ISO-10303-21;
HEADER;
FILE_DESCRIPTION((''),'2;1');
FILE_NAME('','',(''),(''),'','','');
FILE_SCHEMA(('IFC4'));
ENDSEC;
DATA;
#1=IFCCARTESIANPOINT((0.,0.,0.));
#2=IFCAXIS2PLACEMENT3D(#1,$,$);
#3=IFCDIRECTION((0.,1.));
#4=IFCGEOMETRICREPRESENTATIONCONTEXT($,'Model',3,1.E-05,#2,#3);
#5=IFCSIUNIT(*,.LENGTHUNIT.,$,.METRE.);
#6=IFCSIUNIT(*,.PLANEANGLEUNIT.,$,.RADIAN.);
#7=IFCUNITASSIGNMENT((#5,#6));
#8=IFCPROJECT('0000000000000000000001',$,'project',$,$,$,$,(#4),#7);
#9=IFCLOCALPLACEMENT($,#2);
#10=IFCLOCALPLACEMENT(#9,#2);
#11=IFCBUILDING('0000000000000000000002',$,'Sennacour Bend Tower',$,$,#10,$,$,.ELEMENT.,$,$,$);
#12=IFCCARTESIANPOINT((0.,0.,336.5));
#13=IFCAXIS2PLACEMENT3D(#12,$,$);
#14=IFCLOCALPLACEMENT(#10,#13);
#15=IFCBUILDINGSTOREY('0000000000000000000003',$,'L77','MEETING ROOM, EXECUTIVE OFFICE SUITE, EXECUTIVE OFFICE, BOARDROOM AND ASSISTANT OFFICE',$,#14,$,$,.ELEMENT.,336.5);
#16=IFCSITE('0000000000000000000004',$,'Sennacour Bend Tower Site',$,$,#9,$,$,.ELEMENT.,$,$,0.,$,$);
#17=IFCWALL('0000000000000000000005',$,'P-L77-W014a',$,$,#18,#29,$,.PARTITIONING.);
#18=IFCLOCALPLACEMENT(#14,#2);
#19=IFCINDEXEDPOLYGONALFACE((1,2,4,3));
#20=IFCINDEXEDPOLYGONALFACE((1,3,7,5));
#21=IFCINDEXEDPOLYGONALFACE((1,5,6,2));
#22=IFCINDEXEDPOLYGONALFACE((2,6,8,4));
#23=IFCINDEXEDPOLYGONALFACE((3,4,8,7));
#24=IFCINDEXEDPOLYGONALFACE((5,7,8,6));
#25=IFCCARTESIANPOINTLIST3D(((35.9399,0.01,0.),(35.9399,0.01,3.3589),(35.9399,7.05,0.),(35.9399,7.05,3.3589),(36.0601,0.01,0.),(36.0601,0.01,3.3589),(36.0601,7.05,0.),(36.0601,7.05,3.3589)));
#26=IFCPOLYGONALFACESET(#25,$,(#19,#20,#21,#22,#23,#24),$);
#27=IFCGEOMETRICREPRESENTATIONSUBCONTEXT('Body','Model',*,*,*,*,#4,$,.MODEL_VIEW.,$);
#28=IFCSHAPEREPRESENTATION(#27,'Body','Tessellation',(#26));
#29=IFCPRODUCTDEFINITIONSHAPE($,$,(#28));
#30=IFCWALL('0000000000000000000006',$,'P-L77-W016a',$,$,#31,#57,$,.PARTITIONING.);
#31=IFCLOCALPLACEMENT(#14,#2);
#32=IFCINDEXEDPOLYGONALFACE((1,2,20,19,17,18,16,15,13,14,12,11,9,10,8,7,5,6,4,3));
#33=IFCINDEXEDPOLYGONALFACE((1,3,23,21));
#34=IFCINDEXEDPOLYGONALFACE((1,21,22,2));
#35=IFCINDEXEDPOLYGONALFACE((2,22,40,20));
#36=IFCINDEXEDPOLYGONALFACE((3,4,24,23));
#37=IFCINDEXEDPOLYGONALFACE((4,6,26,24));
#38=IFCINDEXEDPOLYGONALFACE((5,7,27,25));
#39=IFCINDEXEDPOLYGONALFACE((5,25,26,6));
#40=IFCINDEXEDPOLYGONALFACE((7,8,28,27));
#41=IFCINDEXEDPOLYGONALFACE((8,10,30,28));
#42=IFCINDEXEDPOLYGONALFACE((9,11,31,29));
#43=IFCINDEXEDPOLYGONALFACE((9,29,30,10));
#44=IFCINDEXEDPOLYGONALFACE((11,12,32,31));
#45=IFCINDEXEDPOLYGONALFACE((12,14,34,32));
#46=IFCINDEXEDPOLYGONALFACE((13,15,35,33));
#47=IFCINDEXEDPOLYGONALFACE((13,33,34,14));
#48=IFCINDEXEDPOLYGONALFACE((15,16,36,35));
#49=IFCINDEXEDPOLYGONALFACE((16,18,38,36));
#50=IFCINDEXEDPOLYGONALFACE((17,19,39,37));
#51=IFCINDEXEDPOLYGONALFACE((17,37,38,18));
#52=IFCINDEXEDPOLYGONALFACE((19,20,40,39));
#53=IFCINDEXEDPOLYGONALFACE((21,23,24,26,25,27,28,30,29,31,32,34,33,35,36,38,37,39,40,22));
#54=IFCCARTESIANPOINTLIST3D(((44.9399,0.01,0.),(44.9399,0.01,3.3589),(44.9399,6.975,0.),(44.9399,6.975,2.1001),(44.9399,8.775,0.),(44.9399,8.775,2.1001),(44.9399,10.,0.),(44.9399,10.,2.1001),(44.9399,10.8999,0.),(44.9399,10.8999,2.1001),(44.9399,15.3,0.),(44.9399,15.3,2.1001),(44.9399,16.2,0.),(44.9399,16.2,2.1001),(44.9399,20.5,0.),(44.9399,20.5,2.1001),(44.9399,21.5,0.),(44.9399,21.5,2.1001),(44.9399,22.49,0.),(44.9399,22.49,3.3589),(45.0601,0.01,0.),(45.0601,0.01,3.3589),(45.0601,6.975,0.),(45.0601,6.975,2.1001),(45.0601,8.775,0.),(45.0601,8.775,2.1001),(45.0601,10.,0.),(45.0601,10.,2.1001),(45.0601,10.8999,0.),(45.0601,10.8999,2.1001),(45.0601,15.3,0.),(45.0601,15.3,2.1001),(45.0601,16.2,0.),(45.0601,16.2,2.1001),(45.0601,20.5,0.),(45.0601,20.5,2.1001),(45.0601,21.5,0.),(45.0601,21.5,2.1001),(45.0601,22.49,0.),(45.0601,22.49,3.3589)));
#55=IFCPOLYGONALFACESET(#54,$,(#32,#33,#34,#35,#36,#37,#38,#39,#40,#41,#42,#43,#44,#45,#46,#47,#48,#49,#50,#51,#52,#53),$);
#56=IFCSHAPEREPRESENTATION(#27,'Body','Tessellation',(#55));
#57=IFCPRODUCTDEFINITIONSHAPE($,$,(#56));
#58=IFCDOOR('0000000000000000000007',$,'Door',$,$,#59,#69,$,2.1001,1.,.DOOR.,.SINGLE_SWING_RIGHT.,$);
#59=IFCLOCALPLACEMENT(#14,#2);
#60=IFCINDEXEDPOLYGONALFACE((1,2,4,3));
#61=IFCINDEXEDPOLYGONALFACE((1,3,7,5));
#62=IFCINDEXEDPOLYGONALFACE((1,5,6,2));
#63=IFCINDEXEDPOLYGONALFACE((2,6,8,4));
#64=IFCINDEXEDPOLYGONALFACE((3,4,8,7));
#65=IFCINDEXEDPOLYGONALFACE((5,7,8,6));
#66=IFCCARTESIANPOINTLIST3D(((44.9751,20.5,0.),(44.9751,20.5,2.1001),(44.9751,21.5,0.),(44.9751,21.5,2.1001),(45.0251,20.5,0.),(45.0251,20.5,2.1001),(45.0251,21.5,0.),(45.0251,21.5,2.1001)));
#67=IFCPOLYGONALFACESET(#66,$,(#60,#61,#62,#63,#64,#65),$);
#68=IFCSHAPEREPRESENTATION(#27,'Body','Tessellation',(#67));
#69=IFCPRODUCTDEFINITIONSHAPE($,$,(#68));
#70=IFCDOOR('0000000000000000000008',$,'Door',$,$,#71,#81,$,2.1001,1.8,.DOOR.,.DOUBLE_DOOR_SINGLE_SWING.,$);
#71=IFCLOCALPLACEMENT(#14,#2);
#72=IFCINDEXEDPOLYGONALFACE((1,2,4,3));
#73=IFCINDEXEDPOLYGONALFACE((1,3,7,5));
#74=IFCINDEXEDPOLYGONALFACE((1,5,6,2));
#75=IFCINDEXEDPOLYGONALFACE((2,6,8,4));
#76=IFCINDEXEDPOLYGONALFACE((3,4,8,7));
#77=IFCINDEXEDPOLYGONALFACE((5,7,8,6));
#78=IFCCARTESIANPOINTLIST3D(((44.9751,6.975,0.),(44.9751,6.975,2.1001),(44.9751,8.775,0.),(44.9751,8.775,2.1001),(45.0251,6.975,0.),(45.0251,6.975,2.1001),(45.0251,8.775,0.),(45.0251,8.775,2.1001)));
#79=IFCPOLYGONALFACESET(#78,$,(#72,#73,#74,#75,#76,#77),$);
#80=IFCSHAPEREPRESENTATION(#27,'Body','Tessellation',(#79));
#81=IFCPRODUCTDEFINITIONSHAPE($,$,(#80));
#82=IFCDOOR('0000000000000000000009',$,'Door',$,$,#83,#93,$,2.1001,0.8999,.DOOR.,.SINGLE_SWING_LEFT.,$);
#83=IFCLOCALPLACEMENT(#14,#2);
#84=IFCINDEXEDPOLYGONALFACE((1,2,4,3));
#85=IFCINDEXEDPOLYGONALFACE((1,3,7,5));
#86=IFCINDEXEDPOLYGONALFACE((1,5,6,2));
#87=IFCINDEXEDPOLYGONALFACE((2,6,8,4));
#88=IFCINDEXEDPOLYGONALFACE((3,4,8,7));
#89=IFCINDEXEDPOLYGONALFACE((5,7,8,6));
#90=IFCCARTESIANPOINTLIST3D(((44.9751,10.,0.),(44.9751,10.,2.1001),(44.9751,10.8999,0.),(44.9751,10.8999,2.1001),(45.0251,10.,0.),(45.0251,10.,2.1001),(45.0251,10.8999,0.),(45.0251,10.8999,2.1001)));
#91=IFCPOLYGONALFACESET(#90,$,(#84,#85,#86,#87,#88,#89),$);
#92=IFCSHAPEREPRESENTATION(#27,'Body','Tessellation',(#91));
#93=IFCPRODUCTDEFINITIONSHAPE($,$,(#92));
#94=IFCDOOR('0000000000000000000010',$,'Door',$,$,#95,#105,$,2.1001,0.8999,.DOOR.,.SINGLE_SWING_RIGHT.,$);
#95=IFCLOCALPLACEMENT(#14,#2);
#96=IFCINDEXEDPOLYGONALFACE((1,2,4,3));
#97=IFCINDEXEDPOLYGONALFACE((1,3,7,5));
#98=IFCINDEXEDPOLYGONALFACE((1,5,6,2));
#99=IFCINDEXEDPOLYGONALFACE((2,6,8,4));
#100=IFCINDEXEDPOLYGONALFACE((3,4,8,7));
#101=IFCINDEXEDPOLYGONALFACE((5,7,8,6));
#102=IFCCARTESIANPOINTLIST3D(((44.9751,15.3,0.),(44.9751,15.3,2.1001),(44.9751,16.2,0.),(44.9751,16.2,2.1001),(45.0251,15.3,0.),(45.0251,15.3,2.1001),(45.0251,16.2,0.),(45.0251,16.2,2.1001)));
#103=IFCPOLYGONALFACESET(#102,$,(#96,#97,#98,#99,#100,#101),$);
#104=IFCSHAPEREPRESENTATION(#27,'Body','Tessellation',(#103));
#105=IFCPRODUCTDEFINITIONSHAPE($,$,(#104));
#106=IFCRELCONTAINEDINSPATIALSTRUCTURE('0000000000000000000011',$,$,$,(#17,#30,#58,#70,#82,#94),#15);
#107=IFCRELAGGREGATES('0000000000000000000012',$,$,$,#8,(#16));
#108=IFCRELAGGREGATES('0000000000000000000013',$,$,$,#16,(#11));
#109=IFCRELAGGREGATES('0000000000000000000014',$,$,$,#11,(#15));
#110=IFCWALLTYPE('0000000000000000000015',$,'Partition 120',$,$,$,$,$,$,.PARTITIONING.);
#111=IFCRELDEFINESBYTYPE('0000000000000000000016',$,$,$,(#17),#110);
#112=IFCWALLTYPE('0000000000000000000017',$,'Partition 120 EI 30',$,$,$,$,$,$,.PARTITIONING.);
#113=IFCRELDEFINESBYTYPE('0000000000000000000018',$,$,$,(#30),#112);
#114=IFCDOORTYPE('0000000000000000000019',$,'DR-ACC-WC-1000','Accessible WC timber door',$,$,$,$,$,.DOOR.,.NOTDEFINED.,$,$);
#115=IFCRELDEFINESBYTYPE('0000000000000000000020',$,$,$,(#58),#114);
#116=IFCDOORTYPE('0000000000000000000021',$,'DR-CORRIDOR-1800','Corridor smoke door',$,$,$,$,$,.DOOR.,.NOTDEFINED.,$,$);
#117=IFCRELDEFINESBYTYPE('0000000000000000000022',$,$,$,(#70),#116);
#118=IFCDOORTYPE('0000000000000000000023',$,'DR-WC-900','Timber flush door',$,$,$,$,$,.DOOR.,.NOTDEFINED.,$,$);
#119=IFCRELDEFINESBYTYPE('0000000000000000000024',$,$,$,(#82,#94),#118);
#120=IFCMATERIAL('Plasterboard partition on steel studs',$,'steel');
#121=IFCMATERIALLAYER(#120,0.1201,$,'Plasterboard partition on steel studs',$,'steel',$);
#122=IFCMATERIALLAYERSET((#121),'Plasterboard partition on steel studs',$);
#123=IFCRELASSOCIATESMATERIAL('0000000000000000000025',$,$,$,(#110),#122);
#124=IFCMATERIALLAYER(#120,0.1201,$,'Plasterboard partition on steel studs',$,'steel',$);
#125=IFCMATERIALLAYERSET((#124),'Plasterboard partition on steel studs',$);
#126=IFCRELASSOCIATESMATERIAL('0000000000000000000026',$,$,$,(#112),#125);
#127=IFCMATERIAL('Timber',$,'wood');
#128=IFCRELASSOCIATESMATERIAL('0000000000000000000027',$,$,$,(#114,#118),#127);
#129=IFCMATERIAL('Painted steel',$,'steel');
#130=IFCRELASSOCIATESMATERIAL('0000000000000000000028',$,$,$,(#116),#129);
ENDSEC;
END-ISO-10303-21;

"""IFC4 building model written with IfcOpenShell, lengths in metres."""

from ifc_helpers import new_model, si_unit, direction, frame, frame_2d, origin, place, context, subcontext, project, spatial, rectangle, extrude, material, layer, layer_set, type_object, element, fill, save


model = new_model("IFC4")

# Units and contexts
model_context = context("Model", 3, precision=1e-05, world=origin(), true_north=direction((0.0, 1.0)))
body_context = subcontext(model_context, "Body", "Model", "MODEL_VIEW")
ifc_project = project(units=[si_unit("LENGTHUNIT", "METRE"), si_unit("PLANEANGLEUNIT", "RADIAN")], contexts=[model_context])

# Site, building, storey
site_placement = place(None, origin())
site = spatial("IfcSite", under=ifc_project, at=site_placement, Name="Sennacour Bend Tower Site", CompositionType="ELEMENT", RefElevation=0.0)
building_placement = place(site_placement, origin())
building = spatial("IfcBuilding", under=site, at=building_placement, Name="Sennacour Bend Tower", CompositionType="ELEMENT")
storey_placement = place(building_placement, frame((0.0, 0.0, 336.5)))
storey = spatial("IfcBuildingStorey", under=building, at=storey_placement, Name="L77", Description="MEETING ROOM, EXECUTIVE OFFICE SUITE, EXECUTIVE OFFICE, BOARDROOM AND ASSISTANT OFFICE", CompositionType="ELEMENT", Elevation=336.5)

# Wall
ifc_material_1 = material(Name="Plasterboard partition on steel studs", Category="steel")
ifc_layer_1 = layer(ifc_material_1, 0.1201, Name="Plasterboard partition on steel studs", Category="steel")
ifc_layer_set_1 = layer_set([ifc_layer_1], Name="Plasterboard partition on steel studs")
wall_type_1 = type_object("IfcWallType", Name="Partition 120", PredefinedType="PARTITIONING", material=ifc_layer_set_1)
wall_1_placement = place(storey_placement, frame((36.0, 0.01, 0.0), z_axis=(0.0, 0.0, 1.0), x_axis=(0.0, 1.0, 0.0)))
element("IfcWall", 1, at=wall_1_placement, inside=storey, type_object=wall_type_1, Name="P-L77-W014a", PredefinedType="PARTITIONING", context=body_context, shape_type="SweptSolid", body=[
    extrude(rectangle(XDim=7.04, YDim=0.1201, at=frame_2d((3.52, 0.0))), origin(), (0.0, 0.0, 1.0), 3.3589),
])

# Wall, openings, doors
ifc_layer_2 = layer(ifc_material_1, 0.1201, Name="Plasterboard partition on steel studs", Category="steel")
ifc_layer_set_2 = layer_set([ifc_layer_2], Name="Plasterboard partition on steel studs")
wall_type_2 = type_object("IfcWallType", Name="Partition 120 EI 30", PredefinedType="PARTITIONING", material=ifc_layer_set_2)
wall_2_placement = place(storey_placement, frame((45.0, 0.01, 0.0), z_axis=(0.0, 0.0, 1.0), x_axis=(0.0, 1.0, 0.0)))
wall_2 = element("IfcWall", 2, at=wall_2_placement, inside=storey, type_object=wall_type_2, Name="P-L77-W016a", PredefinedType="PARTITIONING", context=body_context, shape_type="SweptSolid", body=[
    extrude(rectangle(XDim=22.48, YDim=0.1201, at=frame_2d((11.24, 0.0))), origin(), (0.0, 0.0, 1.0), 3.3589),
])
opening_1_placement = place(wall_2_placement, frame((6.9651, 0.0, 0.0)))
opening_1 = element("IfcOpeningElement", 3, at=opening_1_placement, cuts=wall_2, PredefinedType="OPENING", context=body_context, shape_type="SweptSolid", body=[
    extrude(rectangle(XDim=1.8, YDim=2.1001, at=frame_2d((0.8999, 1.05))), frame((0.0, 0.0701, 0.0), z_axis=(0.0, -1.0, 0.0), x_axis=(1.0, 0.0, 0.0)), (0.0, 0.0, 1.0), 0.1401),
])
opening_2_placement = place(wall_2_placement, frame((9.99, 0.0, 0.0)))
opening_2 = element("IfcOpeningElement", 4, at=opening_2_placement, cuts=wall_2, PredefinedType="OPENING", context=body_context, shape_type="SweptSolid", body=[
    extrude(rectangle(XDim=0.8999, YDim=2.1001, at=frame_2d((0.45, 1.05))), frame((0.0, 0.0701, 0.0), z_axis=(0.0, -1.0, 0.0), x_axis=(1.0, 0.0, 0.0)), (0.0, 0.0, 1.0), 0.1401),
])
opening_3_placement = place(wall_2_placement, frame((15.29, 0.0, 0.0)))
opening_3 = element("IfcOpeningElement", 5, at=opening_3_placement, cuts=wall_2, PredefinedType="OPENING", context=body_context, shape_type="SweptSolid", body=[
    extrude(rectangle(XDim=0.8999, YDim=2.1001, at=frame_2d((0.45, 1.05))), frame((0.0, 0.0701, 0.0), z_axis=(0.0, -1.0, 0.0), x_axis=(1.0, 0.0, 0.0)), (0.0, 0.0, 1.0), 0.1401),
])
opening_4_placement = place(wall_2_placement, frame((20.49, 0.0, 0.0)))
opening_4 = element("IfcOpeningElement", 6, at=opening_4_placement, cuts=wall_2, PredefinedType="OPENING", context=body_context, shape_type="SweptSolid", body=[
    extrude(rectangle(XDim=1.0, YDim=2.1001, at=frame_2d((0.5, 1.05))), frame((0.0, 0.0701, 0.0), z_axis=(0.0, -1.0, 0.0), x_axis=(1.0, 0.0, 0.0)), (0.0, 0.0, 1.0), 0.1401),
])
ifc_material_2 = material(Name="Timber", Category="wood")
door_type_1 = type_object("IfcDoorType", Name="DR-ACC-WC-1000", Description="Accessible WC timber door", OperationType="NOTDEFINED", PredefinedType="DOOR", material=ifc_material_2)
door_1_placement = place(opening_4_placement, origin())
door_1 = element("IfcDoor", 7, at=door_1_placement, inside=storey, type_object=door_type_1, Name="Door", OperationType="SINGLE_SWING_RIGHT", OverallHeight=2.1001, OverallWidth=1.0, PredefinedType="DOOR", context=body_context, shape_type="SweptSolid", body=[
    extrude(rectangle(XDim=1.0, YDim=2.1001, at=frame_2d((0.5, 1.05))), frame((0.0, 0.0249, 0.0), z_axis=(0.0, -1.0, 0.0), x_axis=(1.0, 0.0, 0.0)), (0.0, 0.0, 1.0), 0.05),
])
fill(opening_4, door_1)
ifc_material_3 = material(Name="Painted steel", Category="steel")
door_type_2 = type_object("IfcDoorType", Name="DR-CORRIDOR-1800", Description="Corridor smoke door", OperationType="NOTDEFINED", PredefinedType="DOOR", material=ifc_material_3)
door_2_placement = place(opening_1_placement, origin())
door_2 = element("IfcDoor", 8, at=door_2_placement, inside=storey, type_object=door_type_2, Name="Door", OperationType="DOUBLE_DOOR_SINGLE_SWING", OverallHeight=2.1001, OverallWidth=1.8, PredefinedType="DOOR", context=body_context, shape_type="SweptSolid", body=[
    extrude(rectangle(XDim=1.8, YDim=2.1001, at=frame_2d((0.8999, 1.05))), frame((0.0, 0.0249, 0.0), z_axis=(0.0, -1.0, 0.0), x_axis=(1.0, 0.0, 0.0)), (0.0, 0.0, 1.0), 0.05),
])
fill(opening_1, door_2)
door_type_3 = type_object("IfcDoorType", Name="DR-WC-900", Description="Timber flush door", OperationType="NOTDEFINED", PredefinedType="DOOR", material=ifc_material_2)
door_3_placement = place(opening_2_placement, origin())
door_3 = element("IfcDoor", 9, at=door_3_placement, inside=storey, type_object=door_type_3, Name="Door", OperationType="SINGLE_SWING_LEFT", OverallHeight=2.1001, OverallWidth=0.8999, PredefinedType="DOOR", context=body_context, shape_type="SweptSolid", body=[
    extrude(rectangle(XDim=0.8999, YDim=2.1001, at=frame_2d((0.45, 1.05))), frame((0.0, 0.0249, 0.0), z_axis=(0.0, -1.0, 0.0), x_axis=(1.0, 0.0, 0.0)), (0.0, 0.0, 1.0), 0.05),
])
fill(opening_2, door_3)
door_4_placement = place(opening_3_placement, origin())
door_4 = element("IfcDoor", 10, at=door_4_placement, inside=storey, type_object=door_type_3, Name="Door", OperationType="SINGLE_SWING_RIGHT", OverallHeight=2.1001, OverallWidth=0.8999, PredefinedType="DOOR", context=body_context, shape_type="SweptSolid", body=[
    extrude(rectangle(XDim=0.8999, YDim=2.1001, at=frame_2d((0.45, 1.05))), frame((0.0, 0.0249, 0.0), z_axis=(0.0, -1.0, 0.0), x_axis=(1.0, 0.0, 0.0)), (0.0, 0.0, 1.0), 0.05),
])
fill(opening_3, door_4)

save(model, "model.ifc")
